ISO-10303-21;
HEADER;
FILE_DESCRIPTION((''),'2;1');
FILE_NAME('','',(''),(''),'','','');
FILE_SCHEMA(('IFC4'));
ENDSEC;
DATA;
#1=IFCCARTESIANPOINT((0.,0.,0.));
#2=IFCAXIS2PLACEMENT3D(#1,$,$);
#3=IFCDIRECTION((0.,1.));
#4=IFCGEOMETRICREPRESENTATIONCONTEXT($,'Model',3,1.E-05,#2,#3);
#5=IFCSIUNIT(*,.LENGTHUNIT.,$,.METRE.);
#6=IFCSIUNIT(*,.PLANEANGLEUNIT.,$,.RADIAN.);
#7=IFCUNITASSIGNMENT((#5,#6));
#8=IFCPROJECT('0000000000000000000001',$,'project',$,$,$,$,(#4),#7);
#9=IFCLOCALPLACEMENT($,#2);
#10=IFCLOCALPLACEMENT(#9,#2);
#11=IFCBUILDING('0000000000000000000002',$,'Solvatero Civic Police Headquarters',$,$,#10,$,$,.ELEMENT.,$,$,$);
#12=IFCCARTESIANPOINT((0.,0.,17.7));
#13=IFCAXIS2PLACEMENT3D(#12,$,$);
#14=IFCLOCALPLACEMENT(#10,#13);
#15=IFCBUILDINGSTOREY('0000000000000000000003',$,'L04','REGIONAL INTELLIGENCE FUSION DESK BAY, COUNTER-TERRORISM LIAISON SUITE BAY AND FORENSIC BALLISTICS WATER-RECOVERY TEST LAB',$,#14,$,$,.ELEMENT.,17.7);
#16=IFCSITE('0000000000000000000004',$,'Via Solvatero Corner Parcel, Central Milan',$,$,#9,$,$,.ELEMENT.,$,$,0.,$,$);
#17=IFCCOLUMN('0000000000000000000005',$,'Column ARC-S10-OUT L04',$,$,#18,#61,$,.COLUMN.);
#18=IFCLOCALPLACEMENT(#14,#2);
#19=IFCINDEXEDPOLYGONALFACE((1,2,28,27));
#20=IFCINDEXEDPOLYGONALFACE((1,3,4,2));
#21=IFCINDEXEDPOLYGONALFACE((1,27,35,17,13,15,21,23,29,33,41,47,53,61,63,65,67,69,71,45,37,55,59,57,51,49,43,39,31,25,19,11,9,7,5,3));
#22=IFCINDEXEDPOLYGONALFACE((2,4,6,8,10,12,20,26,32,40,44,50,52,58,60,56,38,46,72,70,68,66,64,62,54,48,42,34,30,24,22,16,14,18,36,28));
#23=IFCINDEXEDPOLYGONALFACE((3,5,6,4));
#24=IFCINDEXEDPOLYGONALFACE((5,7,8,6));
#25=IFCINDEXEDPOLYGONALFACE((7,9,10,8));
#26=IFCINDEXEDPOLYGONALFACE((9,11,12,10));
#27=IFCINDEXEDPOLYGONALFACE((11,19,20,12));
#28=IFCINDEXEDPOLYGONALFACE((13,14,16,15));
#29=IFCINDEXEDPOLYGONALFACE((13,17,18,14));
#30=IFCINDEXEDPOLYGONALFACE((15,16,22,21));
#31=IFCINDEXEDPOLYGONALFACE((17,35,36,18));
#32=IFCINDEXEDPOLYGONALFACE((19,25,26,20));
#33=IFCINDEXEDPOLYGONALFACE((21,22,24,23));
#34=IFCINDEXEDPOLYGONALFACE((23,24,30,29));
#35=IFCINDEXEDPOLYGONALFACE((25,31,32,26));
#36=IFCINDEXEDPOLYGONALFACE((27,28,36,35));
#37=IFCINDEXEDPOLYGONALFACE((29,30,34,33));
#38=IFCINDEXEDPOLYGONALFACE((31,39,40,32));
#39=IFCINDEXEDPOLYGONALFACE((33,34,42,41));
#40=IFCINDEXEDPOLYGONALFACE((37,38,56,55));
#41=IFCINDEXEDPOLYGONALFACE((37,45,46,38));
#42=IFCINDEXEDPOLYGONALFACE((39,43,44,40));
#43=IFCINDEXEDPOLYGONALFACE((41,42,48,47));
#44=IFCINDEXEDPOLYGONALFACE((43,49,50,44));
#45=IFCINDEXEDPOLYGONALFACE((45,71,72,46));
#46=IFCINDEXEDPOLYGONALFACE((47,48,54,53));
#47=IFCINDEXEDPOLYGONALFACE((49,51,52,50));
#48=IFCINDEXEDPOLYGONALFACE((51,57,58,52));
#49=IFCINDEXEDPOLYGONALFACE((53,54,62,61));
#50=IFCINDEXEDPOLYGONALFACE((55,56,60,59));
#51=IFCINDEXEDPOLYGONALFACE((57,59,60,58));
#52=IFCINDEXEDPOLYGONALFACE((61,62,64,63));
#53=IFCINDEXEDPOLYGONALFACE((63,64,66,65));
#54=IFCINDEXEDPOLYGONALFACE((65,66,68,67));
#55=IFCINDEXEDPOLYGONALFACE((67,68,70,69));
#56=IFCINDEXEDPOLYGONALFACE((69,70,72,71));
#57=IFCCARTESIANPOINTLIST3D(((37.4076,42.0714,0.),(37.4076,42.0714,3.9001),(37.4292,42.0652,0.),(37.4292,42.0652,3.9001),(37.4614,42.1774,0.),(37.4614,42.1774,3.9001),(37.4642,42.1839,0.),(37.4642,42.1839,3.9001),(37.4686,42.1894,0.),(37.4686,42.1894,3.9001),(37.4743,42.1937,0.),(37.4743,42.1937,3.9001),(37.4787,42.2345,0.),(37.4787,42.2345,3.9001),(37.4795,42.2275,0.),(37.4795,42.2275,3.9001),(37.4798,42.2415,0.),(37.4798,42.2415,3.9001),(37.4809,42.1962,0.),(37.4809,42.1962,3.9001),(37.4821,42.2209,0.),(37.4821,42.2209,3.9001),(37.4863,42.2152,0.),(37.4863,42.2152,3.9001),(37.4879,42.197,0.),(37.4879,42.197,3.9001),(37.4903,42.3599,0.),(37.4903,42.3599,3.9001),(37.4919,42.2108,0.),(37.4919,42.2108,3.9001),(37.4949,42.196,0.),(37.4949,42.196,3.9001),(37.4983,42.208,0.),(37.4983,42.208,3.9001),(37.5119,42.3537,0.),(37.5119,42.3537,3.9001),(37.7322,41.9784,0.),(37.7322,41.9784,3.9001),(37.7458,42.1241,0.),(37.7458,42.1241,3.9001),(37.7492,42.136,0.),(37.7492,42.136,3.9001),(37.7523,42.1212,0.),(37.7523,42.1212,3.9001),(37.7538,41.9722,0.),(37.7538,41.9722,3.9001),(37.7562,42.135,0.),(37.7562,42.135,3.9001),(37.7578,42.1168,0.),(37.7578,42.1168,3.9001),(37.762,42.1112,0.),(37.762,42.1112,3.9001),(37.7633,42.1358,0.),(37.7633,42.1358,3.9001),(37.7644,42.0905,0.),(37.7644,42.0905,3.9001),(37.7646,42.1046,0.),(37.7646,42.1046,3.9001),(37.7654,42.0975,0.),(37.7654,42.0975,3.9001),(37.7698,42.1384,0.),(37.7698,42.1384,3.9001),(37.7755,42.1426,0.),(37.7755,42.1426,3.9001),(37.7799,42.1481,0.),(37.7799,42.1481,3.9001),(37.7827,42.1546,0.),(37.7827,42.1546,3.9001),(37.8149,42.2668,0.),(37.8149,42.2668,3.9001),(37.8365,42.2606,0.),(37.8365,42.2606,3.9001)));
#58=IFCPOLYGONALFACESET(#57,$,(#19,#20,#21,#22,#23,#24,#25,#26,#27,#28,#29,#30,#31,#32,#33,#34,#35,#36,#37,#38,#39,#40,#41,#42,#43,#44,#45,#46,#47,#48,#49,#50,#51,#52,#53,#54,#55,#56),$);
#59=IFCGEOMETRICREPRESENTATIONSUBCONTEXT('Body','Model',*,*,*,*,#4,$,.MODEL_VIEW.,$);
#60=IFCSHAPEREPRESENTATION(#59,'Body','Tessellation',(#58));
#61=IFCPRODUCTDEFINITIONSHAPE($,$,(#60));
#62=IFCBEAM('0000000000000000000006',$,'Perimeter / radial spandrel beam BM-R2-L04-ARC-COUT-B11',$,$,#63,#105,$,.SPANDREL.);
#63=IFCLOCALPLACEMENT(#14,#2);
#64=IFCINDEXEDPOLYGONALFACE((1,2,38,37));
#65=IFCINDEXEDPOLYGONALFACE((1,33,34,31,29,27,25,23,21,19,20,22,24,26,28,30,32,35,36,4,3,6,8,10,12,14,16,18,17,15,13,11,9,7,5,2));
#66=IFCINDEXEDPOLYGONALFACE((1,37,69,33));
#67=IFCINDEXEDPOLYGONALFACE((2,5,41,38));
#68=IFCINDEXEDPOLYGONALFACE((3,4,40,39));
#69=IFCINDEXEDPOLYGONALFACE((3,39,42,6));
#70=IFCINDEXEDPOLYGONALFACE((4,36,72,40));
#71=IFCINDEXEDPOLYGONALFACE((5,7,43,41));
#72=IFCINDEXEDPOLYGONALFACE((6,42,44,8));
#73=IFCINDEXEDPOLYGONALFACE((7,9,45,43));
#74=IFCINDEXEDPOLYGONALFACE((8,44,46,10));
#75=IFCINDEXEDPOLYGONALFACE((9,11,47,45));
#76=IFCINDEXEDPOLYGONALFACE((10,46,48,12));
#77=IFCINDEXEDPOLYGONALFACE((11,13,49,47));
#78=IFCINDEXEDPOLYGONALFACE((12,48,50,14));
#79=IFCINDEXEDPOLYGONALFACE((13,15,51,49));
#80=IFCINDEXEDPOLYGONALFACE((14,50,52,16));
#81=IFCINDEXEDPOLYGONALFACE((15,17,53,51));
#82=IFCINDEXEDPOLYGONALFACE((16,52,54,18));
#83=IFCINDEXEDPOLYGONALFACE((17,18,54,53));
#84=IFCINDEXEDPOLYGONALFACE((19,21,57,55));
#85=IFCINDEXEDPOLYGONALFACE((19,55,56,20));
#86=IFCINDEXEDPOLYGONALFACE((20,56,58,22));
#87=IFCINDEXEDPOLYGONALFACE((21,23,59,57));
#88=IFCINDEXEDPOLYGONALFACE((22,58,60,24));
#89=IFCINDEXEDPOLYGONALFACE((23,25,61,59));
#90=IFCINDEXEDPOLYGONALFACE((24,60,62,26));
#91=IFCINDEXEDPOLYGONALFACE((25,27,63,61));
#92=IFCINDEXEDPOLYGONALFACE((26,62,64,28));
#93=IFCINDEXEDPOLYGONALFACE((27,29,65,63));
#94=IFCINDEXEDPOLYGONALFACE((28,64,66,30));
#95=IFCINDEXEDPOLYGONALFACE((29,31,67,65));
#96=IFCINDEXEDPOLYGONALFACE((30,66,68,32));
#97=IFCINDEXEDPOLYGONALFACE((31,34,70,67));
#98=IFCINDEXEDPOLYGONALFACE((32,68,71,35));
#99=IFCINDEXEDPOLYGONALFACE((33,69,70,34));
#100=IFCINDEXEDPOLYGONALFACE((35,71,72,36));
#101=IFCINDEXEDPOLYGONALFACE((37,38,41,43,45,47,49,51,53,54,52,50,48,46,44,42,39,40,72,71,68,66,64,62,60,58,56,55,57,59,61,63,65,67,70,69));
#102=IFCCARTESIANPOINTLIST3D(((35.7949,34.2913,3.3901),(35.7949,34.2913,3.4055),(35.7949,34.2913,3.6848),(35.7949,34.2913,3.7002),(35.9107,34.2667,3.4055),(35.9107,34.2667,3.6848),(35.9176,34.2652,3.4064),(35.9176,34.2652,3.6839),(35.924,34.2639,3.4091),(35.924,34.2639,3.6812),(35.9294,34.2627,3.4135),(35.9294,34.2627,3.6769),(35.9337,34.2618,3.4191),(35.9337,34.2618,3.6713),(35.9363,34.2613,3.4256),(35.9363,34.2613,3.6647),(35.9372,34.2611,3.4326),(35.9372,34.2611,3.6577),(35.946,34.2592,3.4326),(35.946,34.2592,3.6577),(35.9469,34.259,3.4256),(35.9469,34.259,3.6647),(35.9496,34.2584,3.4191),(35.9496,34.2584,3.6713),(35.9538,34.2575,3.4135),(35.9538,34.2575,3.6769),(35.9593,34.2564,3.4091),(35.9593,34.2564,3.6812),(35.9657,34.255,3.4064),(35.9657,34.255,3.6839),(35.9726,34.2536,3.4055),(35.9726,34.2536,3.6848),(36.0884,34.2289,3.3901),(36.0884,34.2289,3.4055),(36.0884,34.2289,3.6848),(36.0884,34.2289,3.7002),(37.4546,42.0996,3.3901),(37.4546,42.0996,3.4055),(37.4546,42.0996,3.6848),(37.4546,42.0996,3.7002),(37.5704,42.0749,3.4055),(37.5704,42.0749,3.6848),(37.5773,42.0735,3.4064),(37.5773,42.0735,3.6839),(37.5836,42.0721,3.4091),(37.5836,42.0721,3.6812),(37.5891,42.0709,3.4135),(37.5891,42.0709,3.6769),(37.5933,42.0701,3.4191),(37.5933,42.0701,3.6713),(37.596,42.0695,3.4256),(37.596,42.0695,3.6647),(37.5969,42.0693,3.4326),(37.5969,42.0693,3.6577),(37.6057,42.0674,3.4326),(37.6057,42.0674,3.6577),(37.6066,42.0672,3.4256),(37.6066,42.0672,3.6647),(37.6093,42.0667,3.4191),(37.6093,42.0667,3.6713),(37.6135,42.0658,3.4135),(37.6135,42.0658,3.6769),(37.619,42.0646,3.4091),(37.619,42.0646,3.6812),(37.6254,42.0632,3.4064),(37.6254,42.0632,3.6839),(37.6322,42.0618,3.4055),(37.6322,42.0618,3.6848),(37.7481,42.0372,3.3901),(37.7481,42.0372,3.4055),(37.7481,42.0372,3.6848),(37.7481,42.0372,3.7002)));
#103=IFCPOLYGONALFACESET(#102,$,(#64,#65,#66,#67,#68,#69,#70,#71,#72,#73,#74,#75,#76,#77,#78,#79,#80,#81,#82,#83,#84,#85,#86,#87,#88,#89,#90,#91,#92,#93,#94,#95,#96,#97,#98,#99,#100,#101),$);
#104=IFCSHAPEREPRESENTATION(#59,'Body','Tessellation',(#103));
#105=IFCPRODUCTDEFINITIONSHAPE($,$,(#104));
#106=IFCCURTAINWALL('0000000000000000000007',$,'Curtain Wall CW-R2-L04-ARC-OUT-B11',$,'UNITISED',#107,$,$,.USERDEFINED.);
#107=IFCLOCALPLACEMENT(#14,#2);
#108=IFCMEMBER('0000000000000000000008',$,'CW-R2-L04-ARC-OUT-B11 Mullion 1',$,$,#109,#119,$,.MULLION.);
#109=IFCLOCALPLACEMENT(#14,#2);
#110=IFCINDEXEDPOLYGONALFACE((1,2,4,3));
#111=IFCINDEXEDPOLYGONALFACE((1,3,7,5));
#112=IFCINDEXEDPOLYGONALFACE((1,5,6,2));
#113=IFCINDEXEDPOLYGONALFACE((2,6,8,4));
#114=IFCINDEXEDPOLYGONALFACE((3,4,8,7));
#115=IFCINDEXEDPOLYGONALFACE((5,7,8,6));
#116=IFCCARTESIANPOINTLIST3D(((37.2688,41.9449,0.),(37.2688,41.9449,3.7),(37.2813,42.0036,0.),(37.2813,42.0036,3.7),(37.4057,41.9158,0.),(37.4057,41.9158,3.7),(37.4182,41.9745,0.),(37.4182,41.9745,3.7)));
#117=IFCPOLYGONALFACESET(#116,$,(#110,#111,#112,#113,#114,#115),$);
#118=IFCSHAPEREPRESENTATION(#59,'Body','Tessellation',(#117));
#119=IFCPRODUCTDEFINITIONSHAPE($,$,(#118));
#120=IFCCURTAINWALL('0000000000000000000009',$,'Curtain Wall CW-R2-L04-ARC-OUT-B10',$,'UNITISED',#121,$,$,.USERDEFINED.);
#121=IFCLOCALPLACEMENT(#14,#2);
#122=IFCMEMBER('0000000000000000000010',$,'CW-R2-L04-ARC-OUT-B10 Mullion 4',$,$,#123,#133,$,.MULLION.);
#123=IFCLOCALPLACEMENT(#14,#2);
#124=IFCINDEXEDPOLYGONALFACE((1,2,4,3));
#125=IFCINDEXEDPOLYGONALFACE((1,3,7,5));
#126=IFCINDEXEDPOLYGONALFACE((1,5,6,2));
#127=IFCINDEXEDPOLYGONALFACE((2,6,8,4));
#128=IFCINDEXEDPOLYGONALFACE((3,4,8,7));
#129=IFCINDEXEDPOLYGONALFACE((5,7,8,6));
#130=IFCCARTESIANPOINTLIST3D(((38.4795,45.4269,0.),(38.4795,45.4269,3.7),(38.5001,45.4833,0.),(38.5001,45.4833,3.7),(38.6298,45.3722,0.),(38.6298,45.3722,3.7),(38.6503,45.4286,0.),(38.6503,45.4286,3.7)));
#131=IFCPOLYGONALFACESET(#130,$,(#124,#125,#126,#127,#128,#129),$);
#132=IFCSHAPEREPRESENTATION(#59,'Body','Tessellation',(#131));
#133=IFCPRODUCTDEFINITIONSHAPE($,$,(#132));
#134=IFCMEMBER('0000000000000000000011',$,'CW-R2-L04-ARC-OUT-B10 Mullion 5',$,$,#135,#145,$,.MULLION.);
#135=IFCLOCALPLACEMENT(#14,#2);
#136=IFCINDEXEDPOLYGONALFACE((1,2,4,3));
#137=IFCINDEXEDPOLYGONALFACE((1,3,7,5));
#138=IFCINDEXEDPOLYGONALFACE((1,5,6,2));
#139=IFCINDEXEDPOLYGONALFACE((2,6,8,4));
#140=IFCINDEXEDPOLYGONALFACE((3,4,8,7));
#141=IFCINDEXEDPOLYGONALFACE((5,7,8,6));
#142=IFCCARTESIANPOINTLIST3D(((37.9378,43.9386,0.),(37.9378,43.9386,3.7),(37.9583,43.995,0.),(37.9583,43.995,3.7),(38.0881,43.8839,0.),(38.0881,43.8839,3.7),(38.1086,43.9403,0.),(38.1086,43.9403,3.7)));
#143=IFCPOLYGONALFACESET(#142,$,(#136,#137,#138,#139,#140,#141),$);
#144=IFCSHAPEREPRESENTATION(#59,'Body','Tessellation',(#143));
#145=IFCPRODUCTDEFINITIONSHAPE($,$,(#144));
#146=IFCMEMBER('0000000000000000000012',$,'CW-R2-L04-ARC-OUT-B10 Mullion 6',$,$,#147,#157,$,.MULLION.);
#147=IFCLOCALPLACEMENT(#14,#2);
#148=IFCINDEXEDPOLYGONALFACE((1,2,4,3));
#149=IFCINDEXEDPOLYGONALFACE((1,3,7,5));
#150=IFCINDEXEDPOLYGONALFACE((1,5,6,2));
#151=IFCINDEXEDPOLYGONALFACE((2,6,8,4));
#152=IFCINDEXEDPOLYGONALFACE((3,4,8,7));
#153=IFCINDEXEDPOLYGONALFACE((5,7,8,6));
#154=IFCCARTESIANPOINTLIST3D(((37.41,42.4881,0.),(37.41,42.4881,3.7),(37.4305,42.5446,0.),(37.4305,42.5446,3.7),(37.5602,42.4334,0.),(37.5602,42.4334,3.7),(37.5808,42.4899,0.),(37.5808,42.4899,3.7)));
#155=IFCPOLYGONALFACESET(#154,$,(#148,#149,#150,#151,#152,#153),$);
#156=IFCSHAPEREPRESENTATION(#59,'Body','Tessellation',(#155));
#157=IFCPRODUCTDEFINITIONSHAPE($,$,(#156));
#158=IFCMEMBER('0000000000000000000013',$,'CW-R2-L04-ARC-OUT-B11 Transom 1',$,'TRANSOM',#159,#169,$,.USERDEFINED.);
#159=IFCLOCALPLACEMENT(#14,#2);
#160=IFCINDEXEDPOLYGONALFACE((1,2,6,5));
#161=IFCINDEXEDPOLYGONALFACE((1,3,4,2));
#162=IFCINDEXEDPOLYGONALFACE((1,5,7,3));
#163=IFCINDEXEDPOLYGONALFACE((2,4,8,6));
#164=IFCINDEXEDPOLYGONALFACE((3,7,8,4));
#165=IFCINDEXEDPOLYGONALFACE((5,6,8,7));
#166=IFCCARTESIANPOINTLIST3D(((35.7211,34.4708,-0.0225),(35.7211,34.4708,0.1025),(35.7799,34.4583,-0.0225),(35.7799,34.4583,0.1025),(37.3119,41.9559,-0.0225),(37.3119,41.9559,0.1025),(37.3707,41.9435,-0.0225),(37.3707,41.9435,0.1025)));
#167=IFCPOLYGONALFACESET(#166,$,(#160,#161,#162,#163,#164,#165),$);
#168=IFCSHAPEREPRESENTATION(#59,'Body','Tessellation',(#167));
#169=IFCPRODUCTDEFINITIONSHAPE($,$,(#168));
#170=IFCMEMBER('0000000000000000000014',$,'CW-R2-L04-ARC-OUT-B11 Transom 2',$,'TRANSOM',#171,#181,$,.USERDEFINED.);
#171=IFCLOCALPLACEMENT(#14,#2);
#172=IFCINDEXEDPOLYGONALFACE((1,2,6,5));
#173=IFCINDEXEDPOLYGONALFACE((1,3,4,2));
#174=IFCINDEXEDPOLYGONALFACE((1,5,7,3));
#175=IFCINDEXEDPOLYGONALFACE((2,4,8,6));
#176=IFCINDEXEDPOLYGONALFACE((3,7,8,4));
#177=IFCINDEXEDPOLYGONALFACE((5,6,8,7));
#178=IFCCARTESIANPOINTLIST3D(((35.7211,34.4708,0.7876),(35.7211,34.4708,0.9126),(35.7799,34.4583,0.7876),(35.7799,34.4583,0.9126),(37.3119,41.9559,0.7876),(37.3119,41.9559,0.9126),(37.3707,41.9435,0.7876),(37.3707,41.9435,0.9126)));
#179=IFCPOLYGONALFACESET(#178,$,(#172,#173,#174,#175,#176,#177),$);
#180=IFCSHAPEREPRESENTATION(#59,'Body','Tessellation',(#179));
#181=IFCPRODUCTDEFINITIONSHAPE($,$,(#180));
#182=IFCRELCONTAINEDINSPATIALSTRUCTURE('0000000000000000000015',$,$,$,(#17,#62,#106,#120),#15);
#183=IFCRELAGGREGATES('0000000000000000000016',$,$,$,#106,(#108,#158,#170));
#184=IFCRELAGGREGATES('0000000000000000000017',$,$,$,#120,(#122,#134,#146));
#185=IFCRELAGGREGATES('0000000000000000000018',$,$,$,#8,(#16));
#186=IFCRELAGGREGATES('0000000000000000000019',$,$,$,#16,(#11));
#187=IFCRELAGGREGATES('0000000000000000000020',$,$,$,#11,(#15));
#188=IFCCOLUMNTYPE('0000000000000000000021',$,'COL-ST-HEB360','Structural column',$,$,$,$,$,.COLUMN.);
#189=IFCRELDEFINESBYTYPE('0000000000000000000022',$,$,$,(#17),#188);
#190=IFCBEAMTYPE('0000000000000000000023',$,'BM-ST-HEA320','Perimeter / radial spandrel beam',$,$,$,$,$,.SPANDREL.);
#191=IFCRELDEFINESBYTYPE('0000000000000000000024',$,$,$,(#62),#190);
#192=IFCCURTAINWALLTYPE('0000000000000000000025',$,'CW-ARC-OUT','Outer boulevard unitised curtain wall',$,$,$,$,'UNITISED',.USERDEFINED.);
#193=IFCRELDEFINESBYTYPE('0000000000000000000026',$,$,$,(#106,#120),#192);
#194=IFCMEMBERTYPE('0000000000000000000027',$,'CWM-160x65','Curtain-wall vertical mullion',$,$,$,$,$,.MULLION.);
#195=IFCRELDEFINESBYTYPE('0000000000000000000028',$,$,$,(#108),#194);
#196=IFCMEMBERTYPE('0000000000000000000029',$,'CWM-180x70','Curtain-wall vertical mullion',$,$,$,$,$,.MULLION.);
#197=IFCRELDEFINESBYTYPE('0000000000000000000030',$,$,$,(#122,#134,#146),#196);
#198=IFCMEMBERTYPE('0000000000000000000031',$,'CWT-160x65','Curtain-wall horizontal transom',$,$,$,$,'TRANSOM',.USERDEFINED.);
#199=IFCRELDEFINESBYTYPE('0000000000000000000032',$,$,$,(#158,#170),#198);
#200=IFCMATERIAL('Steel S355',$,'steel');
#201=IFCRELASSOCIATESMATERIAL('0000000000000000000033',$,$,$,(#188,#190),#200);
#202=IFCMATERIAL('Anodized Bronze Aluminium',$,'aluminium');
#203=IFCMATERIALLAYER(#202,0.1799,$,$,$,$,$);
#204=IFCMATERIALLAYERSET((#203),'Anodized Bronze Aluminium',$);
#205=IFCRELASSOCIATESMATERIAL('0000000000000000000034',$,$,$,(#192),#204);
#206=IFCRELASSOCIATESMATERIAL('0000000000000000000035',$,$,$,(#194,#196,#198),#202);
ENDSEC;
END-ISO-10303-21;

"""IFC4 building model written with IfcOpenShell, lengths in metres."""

from ifc_helpers import new_model, si_unit, direction, frame, origin, origin_2d, place, context, subcontext, project, spatial, rectangle, i_section, extrude, material, layer, layer_set, material_profile, profile_set, type_object, element, aggregate, save


model = new_model("IFC4")

# Units and contexts
model_context = context("Model", 3, precision=1e-05, world=origin(), true_north=direction((0.0, 1.0)))
body_context = subcontext(model_context, "Body", "Model", "MODEL_VIEW")
ifc_project = project(units=[si_unit("LENGTHUNIT", "METRE"), si_unit("PLANEANGLEUNIT", "RADIAN")], contexts=[model_context])

# Site, building, storey
site_placement = place(None, origin())
site = spatial("IfcSite", under=ifc_project, at=site_placement, Name="Via Solvatero Corner Parcel, Central Milan", CompositionType="ELEMENT", RefElevation=0.0)
building_placement = place(site_placement, origin())
building = spatial("IfcBuilding", under=site, at=building_placement, Name="Solvatero Civic Police Headquarters", CompositionType="ELEMENT")
storey_placement = place(building_placement, frame((0.0, 0.0, 17.7)))
storey = spatial("IfcBuildingStorey", under=building, at=storey_placement, Name="L04", Description="REGIONAL INTELLIGENCE FUSION DESK BAY, COUNTER-TERRORISM LIAISON SUITE BAY AND FORENSIC BALLISTICS WATER-RECOVERY TEST LAB", CompositionType="ELEMENT", Elevation=17.7)

# Column
ifc_material_1 = material(Name="Steel S355", Category="steel")
ifc_material_profile_1 = material_profile(ifc_material_1, i_section(OverallWidth=0.3, OverallDepth=0.3601, WebThickness=0.0125, FlangeThickness=0.0225, FilletRadius=0.0271, at=origin_2d()), Name="HEB 360")
ifc_profile_set_1 = profile_set([ifc_material_profile_1], Name="Steel S355")
column_type = type_object("IfcColumnType", Name="COL-ST-HEB360", Description="Structural column", PredefinedType="COLUMN", material=ifc_profile_set_1)
column_placement = place(storey_placement, frame((37.6221, 42.166, 0.0), z_axis=(0.0, 0.0, 1.0), x_axis=(0.275637, 0.961262, 0.0)))
element("IfcColumn", 1, at=column_placement, inside=storey, type_object=column_type, Name="Column ARC-S10-OUT L04", PredefinedType="COLUMN", context=body_context, shape_type="SweptSolid", body=[
    extrude(i_section(OverallWidth=0.3, OverallDepth=0.3601, WebThickness=0.0125, FlangeThickness=0.0225, FilletRadius=0.0271, at=origin_2d()), origin(), (0.0, 0.0, 1.0), 3.9001),
])

# Beam
ifc_material_profile_2 = material_profile(ifc_material_1, i_section(OverallWidth=0.3, OverallDepth=0.3101, WebThickness=0.009, FlangeThickness=0.0154, FilletRadius=0.0271, at=origin_2d()), Name="HEA 320")
ifc_profile_set_2 = profile_set([ifc_material_profile_2], Name="Steel S355")
beam_type = type_object("IfcBeamType", Name="BM-ST-HEA320", Description="Perimeter / radial spandrel beam", PredefinedType="SPANDREL", material=ifc_profile_set_2)
beam_placement = place(storey_placement, frame((37.6013, 42.0684, 3.5452), z_axis=(-0.207912, -0.978148, 0.0), x_axis=(0.978148, -0.207912, 0.0)))
element("IfcBeam", 2, at=beam_placement, inside=storey, type_object=beam_type, Name="Perimeter / radial spandrel beam BM-R2-L04-ARC-COUT-B11", PredefinedType="SPANDREL", context=body_context, shape_type="SweptSolid", body=[
    extrude(i_section(OverallWidth=0.3, OverallDepth=0.3101, WebThickness=0.009, FlangeThickness=0.0154, FilletRadius=0.0271, at=origin_2d()), origin(), (0.0, 0.0, 1.0), 7.9827),
])

# Curtain wall, member
ifc_material_2 = material(Name="Anodized Bronze Aluminium", Category="aluminium")
ifc_layer_1 = layer(ifc_material_2, 0.1799)
ifc_layer_set_1 = layer_set([ifc_layer_1], Name="Anodized Bronze Aluminium")
curtain_wall_type = type_object("IfcCurtainWallType", Name="CW-ARC-OUT", Description="Outer boulevard unitised curtain wall", ElementType="UNITISED", PredefinedType="USERDEFINED", material=ifc_layer_set_1)
curtain_wall_1_placement = place(storey_placement, origin())
curtain_wall_1 = element("IfcCurtainWall", 3, at=curtain_wall_1_placement, inside=storey, type_object=curtain_wall_type, Name="Curtain Wall CW-R2-L04-ARC-OUT-B11", ObjectType="UNITISED", PredefinedType="USERDEFINED")
ifc_material_profile_3 = material_profile(ifc_material_2, rectangle(XDim=0.0601, YDim=0.1399, at=origin_2d()), Name="ALU MULLION 60x140")
ifc_profile_set_3 = profile_set([ifc_material_profile_3], Name="Anodized Bronze Aluminium")
member_type_1 = type_object("IfcMemberType", Name="CWM-160x65", Description="Curtain-wall vertical mullion", PredefinedType="MULLION", material=ifc_profile_set_3)
member_1_placement = place(storey_placement, frame((37.3435, 41.9597, 0.0), z_axis=(0.0, 0.0, 1.0), x_axis=(-0.207912, -0.978148, 0.0)))
member_1 = element("IfcMember", 4, at=member_1_placement, type_object=member_type_1, Name="CW-R2-L04-ARC-OUT-B11 Mullion 1", PredefinedType="MULLION", context=body_context, shape_type="SweptSolid", body=[
    extrude(rectangle(XDim=0.0601, YDim=0.1399, at=origin_2d()), origin(), (0.0, 0.0, 1.0), 3.7),
])

# Curtain wall, members
curtain_wall_2_placement = place(storey_placement, origin())
curtain_wall_2 = element("IfcCurtainWall", 5, at=curtain_wall_2_placement, inside=storey, type_object=curtain_wall_type, Name="Curtain Wall CW-R2-L04-ARC-OUT-B10", ObjectType="UNITISED", PredefinedType="USERDEFINED")
ifc_material_profile_4 = material_profile(ifc_material_2, rectangle(XDim=0.0601, YDim=0.1599, at=origin_2d()), Name="ALU MULLION 60x160")
ifc_profile_set_4 = profile_set([ifc_material_profile_4], Name="Anodized Bronze Aluminium")
member_type_2 = type_object("IfcMemberType", Name="CWM-180x70", Description="Curtain-wall vertical mullion", PredefinedType="MULLION", material=ifc_profile_set_4)
member_2_placement = place(storey_placement, frame((38.5649, 45.4277, 0.0), z_axis=(0.0, 0.0, 1.0), x_axis=(-0.34202, -0.939693, 0.0)))
member_2 = element("IfcMember", 6, at=member_2_placement, type_object=member_type_2, Name="CW-R2-L04-ARC-OUT-B10 Mullion 4", PredefinedType="MULLION", context=body_context, shape_type="SweptSolid", body=[
    extrude(rectangle(XDim=0.0601, YDim=0.1599, at=origin_2d()), origin(), (0.0, 0.0, 1.0), 3.7),
])
member_3_placement = place(storey_placement, frame((38.0232, 43.9395, 0.0), z_axis=(0.0, 0.0, 1.0), x_axis=(-0.34202, -0.939693, 0.0)))
member_3 = element("IfcMember", 7, at=member_3_placement, type_object=member_type_2, Name="CW-R2-L04-ARC-OUT-B10 Mullion 5", PredefinedType="MULLION", context=body_context, shape_type="SweptSolid", body=[
    extrude(rectangle(XDim=0.0601, YDim=0.1599, at=origin_2d()), origin(), (0.0, 0.0, 1.0), 3.7),
])
member_4_placement = place(storey_placement, frame((37.4954, 42.489, 0.0), z_axis=(0.0, 0.0, 1.0), x_axis=(-0.34202, -0.939693, 0.0)))
member_4 = element("IfcMember", 8, at=member_4_placement, type_object=member_type_2, Name="CW-R2-L04-ARC-OUT-B10 Mullion 6", PredefinedType="MULLION", context=body_context, shape_type="SweptSolid", body=[
    extrude(rectangle(XDim=0.0601, YDim=0.1599, at=origin_2d()), origin(), (0.0, 0.0, 1.0), 3.7),
])

# Members
ifc_material_profile_5 = material_profile(ifc_material_2, rectangle(XDim=0.0601, YDim=0.125, at=origin_2d()), Name="ALU TRANSOM 60x125")
ifc_profile_set_5 = profile_set([ifc_material_profile_5], Name="Anodized Bronze Aluminium")
member_type_3 = type_object("IfcMemberType", Name="CWT-160x65", Description="Curtain-wall horizontal transom", ElementType="TRANSOM", PredefinedType="USERDEFINED", material=ifc_profile_set_5)
member_5_placement = place(storey_placement, frame((37.3413, 41.9497, 0.04), z_axis=(-0.207888, -0.978153, 0.0), x_axis=(0.978153, -0.207888, 0.0)))
member_5 = element("IfcMember", 9, at=member_5_placement, type_object=member_type_3, Name="CW-R2-L04-ARC-OUT-B11 Transom 1", ObjectType="TRANSOM", PredefinedType="USERDEFINED", context=body_context, shape_type="SweptSolid", body=[
    extrude(rectangle(XDim=0.0601, YDim=0.125, at=origin_2d()), origin(), (0.0, 0.0, 1.0), 7.6523),
])
member_6_placement = place(storey_placement, frame((37.3413, 41.9497, 0.8501), z_axis=(-0.207888, -0.978153, 0.0), x_axis=(0.978153, -0.207888, 0.0)))
member_6 = element("IfcMember", 10, at=member_6_placement, type_object=member_type_3, Name="CW-R2-L04-ARC-OUT-B11 Transom 2", ObjectType="TRANSOM", PredefinedType="USERDEFINED", context=body_context, shape_type="SweptSolid", body=[
    extrude(rectangle(XDim=0.0601, YDim=0.125, at=origin_2d()), origin(), (0.0, 0.0, 1.0), 7.6523),
])
aggregate(curtain_wall_1, [member_1, member_5, member_6])

aggregate(curtain_wall_2, [member_2, member_3, member_4])

save(model, "model.ifc")
